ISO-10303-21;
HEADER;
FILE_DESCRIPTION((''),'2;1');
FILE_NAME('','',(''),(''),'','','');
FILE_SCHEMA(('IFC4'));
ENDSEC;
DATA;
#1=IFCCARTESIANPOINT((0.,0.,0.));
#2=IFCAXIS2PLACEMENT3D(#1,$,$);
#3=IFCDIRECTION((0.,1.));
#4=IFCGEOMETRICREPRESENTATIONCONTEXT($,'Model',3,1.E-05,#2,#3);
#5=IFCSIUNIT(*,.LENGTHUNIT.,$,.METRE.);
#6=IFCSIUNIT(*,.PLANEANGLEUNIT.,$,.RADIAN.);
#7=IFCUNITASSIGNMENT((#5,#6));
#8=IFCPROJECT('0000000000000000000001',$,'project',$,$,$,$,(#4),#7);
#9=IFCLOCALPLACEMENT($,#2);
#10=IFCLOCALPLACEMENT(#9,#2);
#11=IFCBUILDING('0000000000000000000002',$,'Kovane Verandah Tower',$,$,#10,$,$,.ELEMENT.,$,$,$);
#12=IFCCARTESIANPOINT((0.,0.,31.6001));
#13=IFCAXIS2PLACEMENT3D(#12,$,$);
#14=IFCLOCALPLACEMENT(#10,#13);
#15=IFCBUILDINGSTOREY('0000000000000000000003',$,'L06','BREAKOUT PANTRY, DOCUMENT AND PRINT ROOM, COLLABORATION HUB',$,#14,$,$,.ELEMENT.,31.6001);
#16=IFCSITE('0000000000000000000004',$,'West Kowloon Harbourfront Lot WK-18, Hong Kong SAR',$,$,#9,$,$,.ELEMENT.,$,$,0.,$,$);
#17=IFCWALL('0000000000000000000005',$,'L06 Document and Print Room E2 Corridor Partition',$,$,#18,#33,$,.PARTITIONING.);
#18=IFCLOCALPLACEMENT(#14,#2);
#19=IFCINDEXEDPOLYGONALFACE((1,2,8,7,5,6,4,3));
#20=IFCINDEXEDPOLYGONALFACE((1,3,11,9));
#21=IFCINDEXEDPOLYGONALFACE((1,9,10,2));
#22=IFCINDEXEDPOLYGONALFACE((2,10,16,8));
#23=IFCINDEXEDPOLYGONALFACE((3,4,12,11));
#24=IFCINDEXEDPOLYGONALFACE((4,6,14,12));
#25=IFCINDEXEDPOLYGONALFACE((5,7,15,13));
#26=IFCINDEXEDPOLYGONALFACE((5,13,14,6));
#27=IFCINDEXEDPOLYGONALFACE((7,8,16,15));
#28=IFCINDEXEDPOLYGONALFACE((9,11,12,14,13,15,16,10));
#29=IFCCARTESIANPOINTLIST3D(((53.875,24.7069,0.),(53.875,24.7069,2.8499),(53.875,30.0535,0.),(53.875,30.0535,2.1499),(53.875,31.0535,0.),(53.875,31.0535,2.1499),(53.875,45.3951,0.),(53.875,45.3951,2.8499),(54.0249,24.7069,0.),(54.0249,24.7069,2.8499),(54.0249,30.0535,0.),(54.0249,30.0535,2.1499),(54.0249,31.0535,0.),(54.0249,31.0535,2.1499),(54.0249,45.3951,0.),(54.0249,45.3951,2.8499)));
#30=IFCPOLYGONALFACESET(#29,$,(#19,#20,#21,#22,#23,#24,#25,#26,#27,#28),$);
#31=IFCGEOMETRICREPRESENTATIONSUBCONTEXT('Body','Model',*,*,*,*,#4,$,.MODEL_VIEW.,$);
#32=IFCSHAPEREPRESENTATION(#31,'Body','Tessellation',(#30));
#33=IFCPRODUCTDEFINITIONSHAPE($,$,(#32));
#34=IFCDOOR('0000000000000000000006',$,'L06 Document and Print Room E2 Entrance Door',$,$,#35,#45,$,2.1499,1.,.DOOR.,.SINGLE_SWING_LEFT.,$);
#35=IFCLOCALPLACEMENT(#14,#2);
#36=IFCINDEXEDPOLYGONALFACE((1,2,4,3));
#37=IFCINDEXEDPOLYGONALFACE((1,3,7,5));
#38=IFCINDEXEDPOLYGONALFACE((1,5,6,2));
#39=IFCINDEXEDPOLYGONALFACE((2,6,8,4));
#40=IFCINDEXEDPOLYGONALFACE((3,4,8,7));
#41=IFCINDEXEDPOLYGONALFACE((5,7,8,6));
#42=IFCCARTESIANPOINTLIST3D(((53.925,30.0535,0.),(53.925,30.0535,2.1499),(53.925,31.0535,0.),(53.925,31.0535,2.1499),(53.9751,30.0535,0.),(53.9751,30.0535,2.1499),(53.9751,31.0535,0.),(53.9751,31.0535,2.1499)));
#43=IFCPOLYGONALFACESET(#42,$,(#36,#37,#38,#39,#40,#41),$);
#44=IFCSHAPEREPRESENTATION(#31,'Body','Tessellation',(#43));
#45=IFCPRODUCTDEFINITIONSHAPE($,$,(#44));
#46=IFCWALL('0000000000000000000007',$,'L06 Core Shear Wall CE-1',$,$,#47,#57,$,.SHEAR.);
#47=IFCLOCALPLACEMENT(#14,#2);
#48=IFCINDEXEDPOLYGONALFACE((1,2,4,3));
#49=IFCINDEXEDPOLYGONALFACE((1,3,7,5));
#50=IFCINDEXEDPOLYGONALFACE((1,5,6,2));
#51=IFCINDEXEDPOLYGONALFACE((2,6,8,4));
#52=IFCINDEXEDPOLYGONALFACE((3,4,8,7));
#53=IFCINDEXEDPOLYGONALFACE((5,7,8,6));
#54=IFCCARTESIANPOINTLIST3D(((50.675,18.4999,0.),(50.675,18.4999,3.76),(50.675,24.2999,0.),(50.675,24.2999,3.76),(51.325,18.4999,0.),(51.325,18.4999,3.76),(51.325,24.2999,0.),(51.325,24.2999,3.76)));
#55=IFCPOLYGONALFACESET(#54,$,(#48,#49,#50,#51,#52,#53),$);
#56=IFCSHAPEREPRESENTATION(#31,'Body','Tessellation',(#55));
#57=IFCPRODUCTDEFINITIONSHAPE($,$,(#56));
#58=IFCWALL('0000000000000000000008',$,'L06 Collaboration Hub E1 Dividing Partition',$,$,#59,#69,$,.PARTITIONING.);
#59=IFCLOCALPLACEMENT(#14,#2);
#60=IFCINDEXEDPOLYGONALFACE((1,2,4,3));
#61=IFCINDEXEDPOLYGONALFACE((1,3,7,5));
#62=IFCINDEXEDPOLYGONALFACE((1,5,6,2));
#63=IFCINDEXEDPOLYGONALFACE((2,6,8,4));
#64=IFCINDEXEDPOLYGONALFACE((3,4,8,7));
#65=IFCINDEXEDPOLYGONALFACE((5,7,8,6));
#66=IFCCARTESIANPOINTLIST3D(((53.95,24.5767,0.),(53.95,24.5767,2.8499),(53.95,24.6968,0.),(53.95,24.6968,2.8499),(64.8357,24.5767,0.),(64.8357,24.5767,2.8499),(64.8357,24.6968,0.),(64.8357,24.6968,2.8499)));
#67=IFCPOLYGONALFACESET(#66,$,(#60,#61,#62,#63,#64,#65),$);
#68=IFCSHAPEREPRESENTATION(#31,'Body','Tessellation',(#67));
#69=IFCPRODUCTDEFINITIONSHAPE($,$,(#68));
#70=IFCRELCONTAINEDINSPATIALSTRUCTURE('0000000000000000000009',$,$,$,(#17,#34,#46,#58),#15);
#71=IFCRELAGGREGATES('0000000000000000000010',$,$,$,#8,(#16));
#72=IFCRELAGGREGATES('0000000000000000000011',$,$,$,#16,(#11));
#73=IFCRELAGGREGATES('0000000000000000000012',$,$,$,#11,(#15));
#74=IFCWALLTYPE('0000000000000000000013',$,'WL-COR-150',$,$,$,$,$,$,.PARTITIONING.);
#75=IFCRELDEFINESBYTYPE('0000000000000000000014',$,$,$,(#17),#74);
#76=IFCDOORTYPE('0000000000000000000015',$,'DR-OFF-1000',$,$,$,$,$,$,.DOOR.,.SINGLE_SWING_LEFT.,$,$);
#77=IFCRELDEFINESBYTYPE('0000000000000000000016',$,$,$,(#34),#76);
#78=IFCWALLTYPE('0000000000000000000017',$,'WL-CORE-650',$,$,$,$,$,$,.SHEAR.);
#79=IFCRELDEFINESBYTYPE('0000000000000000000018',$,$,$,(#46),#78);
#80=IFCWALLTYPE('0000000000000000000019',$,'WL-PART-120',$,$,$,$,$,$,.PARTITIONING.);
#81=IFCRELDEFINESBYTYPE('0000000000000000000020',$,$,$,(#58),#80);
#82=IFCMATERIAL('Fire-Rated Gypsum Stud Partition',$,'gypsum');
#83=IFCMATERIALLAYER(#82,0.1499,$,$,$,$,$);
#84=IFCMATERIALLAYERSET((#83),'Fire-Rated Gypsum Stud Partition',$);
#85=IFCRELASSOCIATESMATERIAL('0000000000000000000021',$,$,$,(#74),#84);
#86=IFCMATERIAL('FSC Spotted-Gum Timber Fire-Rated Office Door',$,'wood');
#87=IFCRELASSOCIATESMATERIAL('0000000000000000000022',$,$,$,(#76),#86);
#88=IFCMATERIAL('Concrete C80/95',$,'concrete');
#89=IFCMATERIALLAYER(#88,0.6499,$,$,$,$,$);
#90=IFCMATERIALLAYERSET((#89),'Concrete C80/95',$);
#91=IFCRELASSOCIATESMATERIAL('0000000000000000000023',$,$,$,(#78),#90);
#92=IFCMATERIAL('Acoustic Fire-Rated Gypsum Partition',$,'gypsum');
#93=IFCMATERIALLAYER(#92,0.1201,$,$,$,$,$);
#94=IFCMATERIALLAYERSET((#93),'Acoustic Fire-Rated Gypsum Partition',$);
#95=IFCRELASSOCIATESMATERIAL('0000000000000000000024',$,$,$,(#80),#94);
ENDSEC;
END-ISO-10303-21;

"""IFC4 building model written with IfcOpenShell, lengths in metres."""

from ifc_helpers import new_model, si_unit, direction, frame, frame_2d, origin, place, context, subcontext, project, spatial, rectangle, extrude, material, layer, layer_set, type_object, element, fill, save


model = new_model("IFC4")

# Units and contexts
model_context = context("Model", 3, precision=1e-05, world=origin(), true_north=direction((0.0, 1.0)))
body_context = subcontext(model_context, "Body", "Model", "MODEL_VIEW")
ifc_project = project(units=[si_unit("LENGTHUNIT", "METRE"), si_unit("PLANEANGLEUNIT", "RADIAN")], contexts=[model_context])

# Site, building, storey
site_placement = place(None, origin())
site = spatial("IfcSite", under=ifc_project, at=site_placement, Name="West Kowloon Harbourfront Lot WK-18, Hong Kong SAR", CompositionType="ELEMENT", RefElevation=0.0)
building_placement = place(site_placement, origin())
building = spatial("IfcBuilding", under=site, at=building_placement, Name="Kovane Verandah Tower", CompositionType="ELEMENT")
storey_placement = place(building_placement, frame((0.0, 0.0, 31.6001)))
storey = spatial("IfcBuildingStorey", under=building, at=storey_placement, Name="L06", Description="BREAKOUT PANTRY, DOCUMENT AND PRINT ROOM, COLLABORATION HUB", CompositionType="ELEMENT", Elevation=31.6001)

# Shared definitions
ifc_material_1 = material(Name="Concrete C80/95", Category="concrete")

# Wall, opening, door
ifc_material_2 = material(Name="Fire-Rated Gypsum Stud Partition", Category="gypsum")
ifc_layer_1 = layer(ifc_material_2, 0.1499)
ifc_layer_set_1 = layer_set([ifc_layer_1], Name="Fire-Rated Gypsum Stud Partition")
wall_type_1 = type_object("IfcWallType", Name="WL-COR-150", PredefinedType="PARTITIONING", material=ifc_layer_set_1)
wall_1_placement = place(storey_placement, frame((53.95, 24.7068, 0.0), z_axis=(0.0, 0.0, 1.0), x_axis=(0.0, 1.0, 0.0)))
wall_1 = element("IfcWall", 1, at=wall_1_placement, inside=storey, type_object=wall_type_1, Name="L06 Document and Print Room E2 Corridor Partition", PredefinedType="PARTITIONING", context=body_context, shape_type="SweptSolid", body=[
    extrude(rectangle(XDim=20.6882, YDim=0.1499, at=frame_2d((10.3442, 0.0))), origin(), (0.0, 0.0, 1.0), 2.8499),
])
opening_1_placement = place(wall_1_placement, frame((5.3467, 0.0, 0.0)))
opening_1 = element("IfcOpeningElement", 2, at=opening_1_placement, cuts=wall_1, PredefinedType="OPENING", context=body_context, shape_type="SweptSolid", body=[
    extrude(rectangle(XDim=1.0, YDim=2.1499, at=frame_2d((0.5, 1.075))), frame((0.0, 0.075, 0.0), z_axis=(0.0, -1.0, 0.0), x_axis=(1.0, 0.0, 0.0)), (0.0, 0.0, 1.0), 0.1499),
])
ifc_material_3 = material(Name="FSC Spotted-Gum Timber Fire-Rated Office Door", Category="wood")
door_type_1 = type_object("IfcDoorType", Name="DR-OFF-1000", OperationType="SINGLE_SWING_LEFT", PredefinedType="DOOR", material=ifc_material_3)
door_1_placement = place(opening_1_placement, origin())
door_1 = element("IfcDoor", 3, at=door_1_placement, inside=storey, type_object=door_type_1, Name="L06 Document and Print Room E2 Entrance Door", OperationType="SINGLE_SWING_LEFT", OverallHeight=2.1499, OverallWidth=1.0, PredefinedType="DOOR", context=body_context, shape_type="SweptSolid", body=[
    extrude(rectangle(XDim=1.0, YDim=2.1499, at=frame_2d((0.5, 1.075))), frame((0.0, 0.0249, 0.0), z_axis=(0.0, -1.0, 0.0), x_axis=(1.0, 0.0, 0.0)), (0.0, 0.0, 1.0), 0.05),
])
fill(opening_1, door_1)

# Wall
ifc_layer_2 = layer(ifc_material_1, 0.6499)
ifc_layer_set_2 = layer_set([ifc_layer_2], Name="Concrete C80/95")
wall_type_2 = type_object("IfcWallType", Name="WL-CORE-650", PredefinedType="SHEAR", material=ifc_layer_set_2)
wall_2_placement = place(storey_placement, frame((51.0, 18.5, 0.0), z_axis=(0.0, 0.0, 1.0), x_axis=(0.0, 1.0, 0.0)))
element("IfcWall", 4, at=wall_2_placement, inside=storey, type_object=wall_type_2, Name="L06 Core Shear Wall CE-1", PredefinedType="SHEAR", context=body_context, shape_type="SweptSolid", body=[
    extrude(rectangle(XDim=5.8, YDim=0.6499, at=frame_2d((2.8999, 0.0))), origin(), (0.0, 0.0, 1.0), 3.76),
])

# Wall
ifc_material_4 = material(Name="Acoustic Fire-Rated Gypsum Partition", Category="gypsum")
ifc_layer_3 = layer(ifc_material_4, 0.1201)
ifc_layer_set_3 = layer_set([ifc_layer_3], Name="Acoustic Fire-Rated Gypsum Partition")
wall_type_3 = type_object("IfcWallType", Name="WL-PART-120", PredefinedType="PARTITIONING", material=ifc_layer_set_3)
wall_3_placement = place(storey_placement, frame((53.95, 24.6367, 0.0), z_axis=(0.0, 0.0, 1.0), x_axis=(1.0, 0.0, 0.0)))
element("IfcWall", 5, at=wall_3_placement, inside=storey, type_object=wall_type_3, Name="L06 Collaboration Hub E1 Dividing Partition", PredefinedType="PARTITIONING", context=body_context, shape_type="SweptSolid", body=[
    extrude(rectangle(XDim=10.8857, YDim=0.1201, at=frame_2d((5.4429, 0.0))), origin(), (0.0, 0.0, 1.0), 2.8499),
])

save(model, "model.ifc")
